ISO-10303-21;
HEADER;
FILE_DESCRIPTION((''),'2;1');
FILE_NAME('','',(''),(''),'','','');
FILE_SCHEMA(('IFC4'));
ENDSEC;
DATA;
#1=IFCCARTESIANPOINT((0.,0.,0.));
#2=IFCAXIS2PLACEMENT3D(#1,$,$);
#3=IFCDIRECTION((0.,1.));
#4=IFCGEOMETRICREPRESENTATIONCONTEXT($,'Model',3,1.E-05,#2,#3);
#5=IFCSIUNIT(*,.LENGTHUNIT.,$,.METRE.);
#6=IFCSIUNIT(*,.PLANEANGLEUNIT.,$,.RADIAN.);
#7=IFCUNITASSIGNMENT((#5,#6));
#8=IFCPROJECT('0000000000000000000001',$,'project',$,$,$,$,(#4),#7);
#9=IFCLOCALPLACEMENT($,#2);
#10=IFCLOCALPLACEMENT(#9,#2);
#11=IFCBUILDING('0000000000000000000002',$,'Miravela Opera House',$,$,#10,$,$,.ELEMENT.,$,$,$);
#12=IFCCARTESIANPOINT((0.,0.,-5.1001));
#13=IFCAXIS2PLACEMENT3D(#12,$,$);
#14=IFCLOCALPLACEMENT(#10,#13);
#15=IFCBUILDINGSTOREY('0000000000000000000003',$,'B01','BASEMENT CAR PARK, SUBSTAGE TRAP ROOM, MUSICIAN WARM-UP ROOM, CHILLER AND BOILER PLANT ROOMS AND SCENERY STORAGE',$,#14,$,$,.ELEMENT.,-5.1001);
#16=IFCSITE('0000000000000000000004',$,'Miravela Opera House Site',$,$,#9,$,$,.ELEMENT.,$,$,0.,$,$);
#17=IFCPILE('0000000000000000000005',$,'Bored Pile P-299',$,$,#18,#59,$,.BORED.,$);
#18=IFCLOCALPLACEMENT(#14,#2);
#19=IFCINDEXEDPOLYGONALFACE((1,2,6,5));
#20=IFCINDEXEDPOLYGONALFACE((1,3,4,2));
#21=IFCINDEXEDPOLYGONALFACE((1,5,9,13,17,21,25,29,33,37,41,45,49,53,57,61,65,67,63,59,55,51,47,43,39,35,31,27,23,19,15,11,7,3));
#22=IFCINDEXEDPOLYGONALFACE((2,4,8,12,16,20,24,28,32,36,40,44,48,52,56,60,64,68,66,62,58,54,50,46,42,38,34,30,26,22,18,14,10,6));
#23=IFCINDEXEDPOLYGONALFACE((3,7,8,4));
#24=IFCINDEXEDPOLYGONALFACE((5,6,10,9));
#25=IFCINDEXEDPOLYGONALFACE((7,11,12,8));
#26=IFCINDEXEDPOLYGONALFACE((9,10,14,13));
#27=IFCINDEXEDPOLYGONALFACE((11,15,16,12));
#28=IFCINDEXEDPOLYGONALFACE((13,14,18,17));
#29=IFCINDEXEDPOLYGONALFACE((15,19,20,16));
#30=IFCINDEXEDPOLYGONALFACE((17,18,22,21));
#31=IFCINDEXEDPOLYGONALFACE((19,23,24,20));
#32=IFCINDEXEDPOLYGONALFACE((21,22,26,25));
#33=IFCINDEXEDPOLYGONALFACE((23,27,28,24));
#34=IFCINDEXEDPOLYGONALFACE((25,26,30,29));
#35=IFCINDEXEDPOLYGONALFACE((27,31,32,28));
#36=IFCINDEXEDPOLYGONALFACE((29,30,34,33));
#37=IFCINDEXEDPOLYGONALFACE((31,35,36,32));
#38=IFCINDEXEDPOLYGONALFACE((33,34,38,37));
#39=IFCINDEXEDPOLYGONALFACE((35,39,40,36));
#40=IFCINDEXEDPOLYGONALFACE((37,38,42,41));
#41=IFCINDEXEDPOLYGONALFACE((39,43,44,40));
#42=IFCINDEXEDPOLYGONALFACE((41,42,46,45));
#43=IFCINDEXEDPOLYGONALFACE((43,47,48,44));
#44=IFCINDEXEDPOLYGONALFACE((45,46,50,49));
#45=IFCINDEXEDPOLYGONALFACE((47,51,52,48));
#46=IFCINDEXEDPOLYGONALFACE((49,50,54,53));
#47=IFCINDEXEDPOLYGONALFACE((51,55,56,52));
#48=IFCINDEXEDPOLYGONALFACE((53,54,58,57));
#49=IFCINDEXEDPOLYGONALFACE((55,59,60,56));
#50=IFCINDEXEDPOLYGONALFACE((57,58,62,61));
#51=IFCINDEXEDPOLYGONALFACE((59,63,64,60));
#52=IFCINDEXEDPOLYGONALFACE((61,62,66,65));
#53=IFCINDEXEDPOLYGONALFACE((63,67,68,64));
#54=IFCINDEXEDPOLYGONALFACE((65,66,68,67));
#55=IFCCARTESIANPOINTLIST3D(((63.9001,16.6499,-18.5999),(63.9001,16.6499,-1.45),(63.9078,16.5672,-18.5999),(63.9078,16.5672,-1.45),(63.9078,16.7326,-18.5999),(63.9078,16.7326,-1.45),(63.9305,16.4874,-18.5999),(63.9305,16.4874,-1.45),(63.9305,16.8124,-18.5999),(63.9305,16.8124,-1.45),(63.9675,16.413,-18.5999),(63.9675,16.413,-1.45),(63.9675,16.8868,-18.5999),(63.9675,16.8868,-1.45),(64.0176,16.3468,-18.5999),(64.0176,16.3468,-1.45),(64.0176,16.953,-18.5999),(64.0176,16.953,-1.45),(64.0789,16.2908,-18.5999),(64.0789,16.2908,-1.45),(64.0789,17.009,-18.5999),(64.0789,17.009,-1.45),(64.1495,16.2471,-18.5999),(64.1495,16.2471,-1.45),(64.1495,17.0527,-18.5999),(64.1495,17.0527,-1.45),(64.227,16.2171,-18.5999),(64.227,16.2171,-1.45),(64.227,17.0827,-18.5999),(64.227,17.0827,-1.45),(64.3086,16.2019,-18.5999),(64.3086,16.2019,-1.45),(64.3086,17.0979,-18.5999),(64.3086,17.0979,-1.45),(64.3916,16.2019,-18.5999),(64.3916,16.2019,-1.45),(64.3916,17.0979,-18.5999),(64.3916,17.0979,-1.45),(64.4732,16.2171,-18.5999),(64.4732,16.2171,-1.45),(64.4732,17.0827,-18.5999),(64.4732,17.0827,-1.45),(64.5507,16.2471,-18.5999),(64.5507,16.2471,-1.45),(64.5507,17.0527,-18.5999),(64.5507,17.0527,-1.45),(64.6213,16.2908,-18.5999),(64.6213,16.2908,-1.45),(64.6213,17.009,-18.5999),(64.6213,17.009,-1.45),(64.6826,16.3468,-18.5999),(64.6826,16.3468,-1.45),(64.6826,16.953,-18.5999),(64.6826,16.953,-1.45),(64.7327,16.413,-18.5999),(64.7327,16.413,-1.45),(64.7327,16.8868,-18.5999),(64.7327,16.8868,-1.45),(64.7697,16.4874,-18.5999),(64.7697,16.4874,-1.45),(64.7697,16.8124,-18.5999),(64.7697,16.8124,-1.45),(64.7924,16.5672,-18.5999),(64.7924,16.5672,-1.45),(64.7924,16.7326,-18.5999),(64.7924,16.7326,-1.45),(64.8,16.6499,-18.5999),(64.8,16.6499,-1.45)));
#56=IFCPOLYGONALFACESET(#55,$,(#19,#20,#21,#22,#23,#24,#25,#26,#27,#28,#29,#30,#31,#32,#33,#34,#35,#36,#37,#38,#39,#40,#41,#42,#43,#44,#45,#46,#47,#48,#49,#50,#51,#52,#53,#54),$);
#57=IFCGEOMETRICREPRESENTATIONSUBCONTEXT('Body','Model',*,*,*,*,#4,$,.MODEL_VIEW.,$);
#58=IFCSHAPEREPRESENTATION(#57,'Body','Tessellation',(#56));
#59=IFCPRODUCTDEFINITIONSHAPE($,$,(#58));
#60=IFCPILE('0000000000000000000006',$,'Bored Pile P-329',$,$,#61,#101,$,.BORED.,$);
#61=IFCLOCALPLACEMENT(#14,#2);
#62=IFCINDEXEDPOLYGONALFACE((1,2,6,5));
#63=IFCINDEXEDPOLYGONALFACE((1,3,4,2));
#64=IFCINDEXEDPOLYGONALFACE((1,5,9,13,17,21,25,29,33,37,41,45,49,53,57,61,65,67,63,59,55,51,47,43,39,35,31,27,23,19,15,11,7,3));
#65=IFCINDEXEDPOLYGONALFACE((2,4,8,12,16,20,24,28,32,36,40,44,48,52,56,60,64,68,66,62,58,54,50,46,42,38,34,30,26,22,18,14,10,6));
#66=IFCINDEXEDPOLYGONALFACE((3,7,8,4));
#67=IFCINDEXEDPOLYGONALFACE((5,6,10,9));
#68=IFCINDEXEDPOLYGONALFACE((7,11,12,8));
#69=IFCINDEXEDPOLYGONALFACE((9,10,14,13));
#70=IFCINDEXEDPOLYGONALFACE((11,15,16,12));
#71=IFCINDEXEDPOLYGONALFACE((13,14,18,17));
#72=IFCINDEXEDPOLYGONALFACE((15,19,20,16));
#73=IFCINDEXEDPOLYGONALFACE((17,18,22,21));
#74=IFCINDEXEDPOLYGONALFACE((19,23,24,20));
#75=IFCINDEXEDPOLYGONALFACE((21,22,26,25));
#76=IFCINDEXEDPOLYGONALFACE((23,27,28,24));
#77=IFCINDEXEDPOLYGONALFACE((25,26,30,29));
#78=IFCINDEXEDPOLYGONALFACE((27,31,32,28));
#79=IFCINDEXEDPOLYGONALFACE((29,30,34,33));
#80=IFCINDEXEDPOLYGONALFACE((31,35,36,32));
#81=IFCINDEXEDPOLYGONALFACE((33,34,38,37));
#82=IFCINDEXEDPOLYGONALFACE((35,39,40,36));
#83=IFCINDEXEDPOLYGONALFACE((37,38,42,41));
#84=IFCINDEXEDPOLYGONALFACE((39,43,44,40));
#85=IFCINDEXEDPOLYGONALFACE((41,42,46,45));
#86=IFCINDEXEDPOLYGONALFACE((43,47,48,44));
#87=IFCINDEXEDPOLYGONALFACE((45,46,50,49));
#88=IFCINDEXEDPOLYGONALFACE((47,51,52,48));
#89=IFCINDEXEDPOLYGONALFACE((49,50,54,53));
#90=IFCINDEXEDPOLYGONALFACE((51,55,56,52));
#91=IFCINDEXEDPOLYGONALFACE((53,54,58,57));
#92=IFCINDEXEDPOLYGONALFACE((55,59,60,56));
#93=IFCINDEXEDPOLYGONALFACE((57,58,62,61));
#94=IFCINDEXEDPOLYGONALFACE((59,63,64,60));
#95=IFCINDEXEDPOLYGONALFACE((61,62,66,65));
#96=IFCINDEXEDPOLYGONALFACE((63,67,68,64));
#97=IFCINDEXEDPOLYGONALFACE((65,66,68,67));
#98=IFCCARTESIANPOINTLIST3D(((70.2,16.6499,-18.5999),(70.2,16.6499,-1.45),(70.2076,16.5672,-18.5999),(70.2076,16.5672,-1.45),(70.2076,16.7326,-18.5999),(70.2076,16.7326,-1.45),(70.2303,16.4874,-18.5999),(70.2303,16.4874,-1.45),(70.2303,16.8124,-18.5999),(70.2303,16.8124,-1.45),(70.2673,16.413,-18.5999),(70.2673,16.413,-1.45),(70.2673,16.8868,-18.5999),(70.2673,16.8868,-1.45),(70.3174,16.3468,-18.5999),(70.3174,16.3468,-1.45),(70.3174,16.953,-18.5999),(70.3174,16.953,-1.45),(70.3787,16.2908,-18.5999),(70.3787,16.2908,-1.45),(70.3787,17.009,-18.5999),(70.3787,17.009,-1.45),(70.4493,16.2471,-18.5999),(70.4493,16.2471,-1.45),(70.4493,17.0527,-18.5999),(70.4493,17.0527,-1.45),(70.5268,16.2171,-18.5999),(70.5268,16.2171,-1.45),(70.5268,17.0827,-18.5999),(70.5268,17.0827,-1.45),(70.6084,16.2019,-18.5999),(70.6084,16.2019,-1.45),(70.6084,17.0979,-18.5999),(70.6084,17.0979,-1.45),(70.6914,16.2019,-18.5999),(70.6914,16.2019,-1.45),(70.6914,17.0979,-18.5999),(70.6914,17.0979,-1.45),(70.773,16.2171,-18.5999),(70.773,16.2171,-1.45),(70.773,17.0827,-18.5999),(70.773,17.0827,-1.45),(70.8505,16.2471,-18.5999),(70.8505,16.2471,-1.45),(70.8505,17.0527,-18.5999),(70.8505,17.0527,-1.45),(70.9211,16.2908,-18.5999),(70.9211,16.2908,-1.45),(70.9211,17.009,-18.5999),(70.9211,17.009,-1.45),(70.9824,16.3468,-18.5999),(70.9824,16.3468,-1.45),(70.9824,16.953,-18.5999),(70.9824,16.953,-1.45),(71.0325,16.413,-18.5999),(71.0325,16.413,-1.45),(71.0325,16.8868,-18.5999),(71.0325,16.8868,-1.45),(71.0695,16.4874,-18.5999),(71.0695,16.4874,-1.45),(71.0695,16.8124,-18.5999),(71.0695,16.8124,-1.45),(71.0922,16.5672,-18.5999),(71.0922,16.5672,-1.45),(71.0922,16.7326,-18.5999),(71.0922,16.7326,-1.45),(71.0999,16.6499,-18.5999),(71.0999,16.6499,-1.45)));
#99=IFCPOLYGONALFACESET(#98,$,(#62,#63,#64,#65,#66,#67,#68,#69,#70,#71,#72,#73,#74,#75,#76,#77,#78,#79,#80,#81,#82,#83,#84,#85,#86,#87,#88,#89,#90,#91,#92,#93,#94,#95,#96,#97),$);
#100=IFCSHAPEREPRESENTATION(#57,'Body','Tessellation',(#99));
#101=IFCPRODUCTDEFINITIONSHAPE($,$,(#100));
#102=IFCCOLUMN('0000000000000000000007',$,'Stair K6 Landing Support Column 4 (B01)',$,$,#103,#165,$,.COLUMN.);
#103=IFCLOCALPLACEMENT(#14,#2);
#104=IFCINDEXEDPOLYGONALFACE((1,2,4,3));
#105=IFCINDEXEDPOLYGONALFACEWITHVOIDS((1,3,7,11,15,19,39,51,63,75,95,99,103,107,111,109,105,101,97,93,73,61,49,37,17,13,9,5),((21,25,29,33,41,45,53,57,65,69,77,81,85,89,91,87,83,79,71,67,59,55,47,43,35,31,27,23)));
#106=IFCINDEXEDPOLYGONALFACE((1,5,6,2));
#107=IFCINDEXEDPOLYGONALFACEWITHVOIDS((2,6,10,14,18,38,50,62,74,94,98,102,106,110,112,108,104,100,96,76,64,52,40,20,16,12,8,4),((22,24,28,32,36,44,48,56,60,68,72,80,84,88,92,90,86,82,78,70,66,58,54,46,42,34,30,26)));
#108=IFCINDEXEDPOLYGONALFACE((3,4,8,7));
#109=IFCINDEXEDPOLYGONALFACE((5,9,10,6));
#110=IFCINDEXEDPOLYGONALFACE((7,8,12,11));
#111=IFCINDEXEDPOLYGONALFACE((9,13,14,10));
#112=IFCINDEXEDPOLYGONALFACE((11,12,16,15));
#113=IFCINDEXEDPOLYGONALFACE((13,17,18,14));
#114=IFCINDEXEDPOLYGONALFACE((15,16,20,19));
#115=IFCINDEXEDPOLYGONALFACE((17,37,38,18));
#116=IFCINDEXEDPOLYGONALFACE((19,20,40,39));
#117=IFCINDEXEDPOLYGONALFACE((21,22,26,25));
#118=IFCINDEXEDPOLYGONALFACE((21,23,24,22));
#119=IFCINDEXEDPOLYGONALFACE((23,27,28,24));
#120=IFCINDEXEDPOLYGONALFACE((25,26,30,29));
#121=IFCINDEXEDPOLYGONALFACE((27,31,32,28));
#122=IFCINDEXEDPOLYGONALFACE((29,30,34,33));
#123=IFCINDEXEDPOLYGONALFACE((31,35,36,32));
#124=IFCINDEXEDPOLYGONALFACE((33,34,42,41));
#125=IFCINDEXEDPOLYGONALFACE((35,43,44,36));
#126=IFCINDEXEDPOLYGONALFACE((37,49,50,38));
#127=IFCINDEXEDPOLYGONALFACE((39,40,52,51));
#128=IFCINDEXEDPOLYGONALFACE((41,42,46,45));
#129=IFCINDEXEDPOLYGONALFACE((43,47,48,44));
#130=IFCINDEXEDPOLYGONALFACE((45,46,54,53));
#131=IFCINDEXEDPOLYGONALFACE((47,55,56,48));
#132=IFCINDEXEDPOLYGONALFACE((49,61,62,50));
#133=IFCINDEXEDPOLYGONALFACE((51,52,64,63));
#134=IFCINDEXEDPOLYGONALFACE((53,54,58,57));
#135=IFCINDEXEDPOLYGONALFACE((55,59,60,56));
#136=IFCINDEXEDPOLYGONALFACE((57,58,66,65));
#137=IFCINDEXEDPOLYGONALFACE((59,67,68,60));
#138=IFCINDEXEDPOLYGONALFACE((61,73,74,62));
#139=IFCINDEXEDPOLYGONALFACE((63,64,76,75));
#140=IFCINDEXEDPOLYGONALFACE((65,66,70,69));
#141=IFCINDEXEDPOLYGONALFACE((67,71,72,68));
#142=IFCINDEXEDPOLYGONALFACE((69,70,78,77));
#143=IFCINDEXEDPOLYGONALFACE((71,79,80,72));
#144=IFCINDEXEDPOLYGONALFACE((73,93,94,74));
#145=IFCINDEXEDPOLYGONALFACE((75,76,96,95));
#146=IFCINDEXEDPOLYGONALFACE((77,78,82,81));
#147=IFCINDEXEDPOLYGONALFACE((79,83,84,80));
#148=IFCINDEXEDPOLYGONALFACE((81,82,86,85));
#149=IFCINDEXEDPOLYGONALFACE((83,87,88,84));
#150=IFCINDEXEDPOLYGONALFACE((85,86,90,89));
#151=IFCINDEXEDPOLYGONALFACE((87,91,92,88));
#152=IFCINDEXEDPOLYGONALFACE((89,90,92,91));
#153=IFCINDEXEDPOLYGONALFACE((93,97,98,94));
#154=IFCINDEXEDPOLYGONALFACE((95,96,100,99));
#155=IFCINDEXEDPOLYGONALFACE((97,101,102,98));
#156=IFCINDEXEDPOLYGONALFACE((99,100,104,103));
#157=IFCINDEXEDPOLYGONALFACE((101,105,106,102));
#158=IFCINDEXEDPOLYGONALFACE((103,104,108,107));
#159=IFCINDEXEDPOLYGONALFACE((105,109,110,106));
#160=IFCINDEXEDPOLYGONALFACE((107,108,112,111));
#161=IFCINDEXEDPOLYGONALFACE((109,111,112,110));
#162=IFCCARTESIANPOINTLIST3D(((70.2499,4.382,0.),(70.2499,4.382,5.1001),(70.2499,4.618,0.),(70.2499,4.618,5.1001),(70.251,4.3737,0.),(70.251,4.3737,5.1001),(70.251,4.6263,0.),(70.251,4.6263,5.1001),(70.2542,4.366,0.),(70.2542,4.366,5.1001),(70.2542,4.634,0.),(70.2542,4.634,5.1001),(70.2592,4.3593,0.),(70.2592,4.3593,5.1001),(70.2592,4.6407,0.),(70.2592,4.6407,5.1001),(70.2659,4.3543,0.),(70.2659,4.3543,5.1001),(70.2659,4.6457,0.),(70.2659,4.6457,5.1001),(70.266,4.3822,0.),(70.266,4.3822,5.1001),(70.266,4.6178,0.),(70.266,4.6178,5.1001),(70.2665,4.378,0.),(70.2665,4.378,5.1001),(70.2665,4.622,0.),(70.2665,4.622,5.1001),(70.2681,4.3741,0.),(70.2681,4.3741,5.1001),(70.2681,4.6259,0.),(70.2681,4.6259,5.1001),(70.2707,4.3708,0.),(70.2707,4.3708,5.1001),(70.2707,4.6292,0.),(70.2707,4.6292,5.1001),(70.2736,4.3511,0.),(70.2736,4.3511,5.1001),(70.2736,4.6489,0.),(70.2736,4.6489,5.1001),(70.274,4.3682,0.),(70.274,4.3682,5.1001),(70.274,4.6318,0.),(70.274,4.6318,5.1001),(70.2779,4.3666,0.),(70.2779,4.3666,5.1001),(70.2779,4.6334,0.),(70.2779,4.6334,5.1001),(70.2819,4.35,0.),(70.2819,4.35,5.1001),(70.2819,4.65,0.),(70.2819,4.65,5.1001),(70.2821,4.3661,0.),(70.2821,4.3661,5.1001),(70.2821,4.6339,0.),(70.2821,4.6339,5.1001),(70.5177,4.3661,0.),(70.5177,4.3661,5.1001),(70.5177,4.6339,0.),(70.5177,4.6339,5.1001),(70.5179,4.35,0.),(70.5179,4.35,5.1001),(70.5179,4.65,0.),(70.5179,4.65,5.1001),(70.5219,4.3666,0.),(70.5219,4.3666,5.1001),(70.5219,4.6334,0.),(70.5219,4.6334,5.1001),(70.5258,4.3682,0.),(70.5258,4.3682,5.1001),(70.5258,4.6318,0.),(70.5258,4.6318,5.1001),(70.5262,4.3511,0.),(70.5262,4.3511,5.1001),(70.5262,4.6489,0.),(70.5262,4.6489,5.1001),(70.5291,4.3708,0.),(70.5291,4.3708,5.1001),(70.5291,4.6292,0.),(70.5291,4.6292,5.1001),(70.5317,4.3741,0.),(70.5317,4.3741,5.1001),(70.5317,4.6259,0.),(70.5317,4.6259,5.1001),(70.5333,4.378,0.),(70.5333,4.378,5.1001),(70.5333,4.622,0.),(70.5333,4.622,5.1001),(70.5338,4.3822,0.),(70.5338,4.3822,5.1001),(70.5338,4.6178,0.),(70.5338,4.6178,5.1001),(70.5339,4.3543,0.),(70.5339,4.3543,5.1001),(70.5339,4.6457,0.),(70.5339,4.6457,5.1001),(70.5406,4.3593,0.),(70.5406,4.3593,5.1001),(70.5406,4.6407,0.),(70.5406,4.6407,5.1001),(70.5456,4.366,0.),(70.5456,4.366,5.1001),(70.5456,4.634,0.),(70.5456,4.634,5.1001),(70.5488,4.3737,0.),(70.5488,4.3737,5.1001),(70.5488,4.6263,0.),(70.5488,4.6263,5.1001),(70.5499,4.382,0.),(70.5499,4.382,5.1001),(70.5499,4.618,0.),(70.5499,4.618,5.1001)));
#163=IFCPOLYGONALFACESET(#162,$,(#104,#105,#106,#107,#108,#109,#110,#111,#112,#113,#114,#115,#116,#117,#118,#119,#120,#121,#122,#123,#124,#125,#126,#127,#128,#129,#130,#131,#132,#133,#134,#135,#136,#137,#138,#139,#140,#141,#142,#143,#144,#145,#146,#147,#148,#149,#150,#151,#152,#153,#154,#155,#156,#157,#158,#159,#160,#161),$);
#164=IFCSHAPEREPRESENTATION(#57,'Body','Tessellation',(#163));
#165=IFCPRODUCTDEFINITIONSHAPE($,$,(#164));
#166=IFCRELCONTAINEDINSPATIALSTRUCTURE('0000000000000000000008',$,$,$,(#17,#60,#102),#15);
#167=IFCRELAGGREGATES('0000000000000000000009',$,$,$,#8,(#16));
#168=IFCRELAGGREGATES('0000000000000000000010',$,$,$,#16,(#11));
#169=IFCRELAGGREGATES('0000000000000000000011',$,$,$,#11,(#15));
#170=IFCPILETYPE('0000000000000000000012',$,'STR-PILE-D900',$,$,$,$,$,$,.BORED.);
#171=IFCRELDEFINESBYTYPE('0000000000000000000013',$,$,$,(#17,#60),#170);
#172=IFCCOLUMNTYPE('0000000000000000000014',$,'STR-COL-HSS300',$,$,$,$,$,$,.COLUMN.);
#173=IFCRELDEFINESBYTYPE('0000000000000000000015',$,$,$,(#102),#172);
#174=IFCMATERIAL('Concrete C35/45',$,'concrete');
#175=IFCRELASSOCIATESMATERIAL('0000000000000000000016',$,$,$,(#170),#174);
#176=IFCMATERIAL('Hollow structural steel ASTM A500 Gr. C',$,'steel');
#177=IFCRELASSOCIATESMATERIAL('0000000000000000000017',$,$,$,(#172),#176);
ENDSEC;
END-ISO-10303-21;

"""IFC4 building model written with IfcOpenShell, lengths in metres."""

from ifc_helpers import new_model, si_unit, direction, frame, origin, origin_2d, place, context, subcontext, project, spatial, hollow_rectangle, circle, extrude, material, material_profile, profile_set, type_object, element, save


model = new_model("IFC4")

# Units and contexts
model_context = context("Model", 3, precision=1e-05, world=origin(), true_north=direction((0.0, 1.0)))
body_context = subcontext(model_context, "Body", "Model", "MODEL_VIEW")
ifc_project = project(units=[si_unit("LENGTHUNIT", "METRE"), si_unit("PLANEANGLEUNIT", "RADIAN")], contexts=[model_context])

# Site, building, storey
site_placement = place(None, origin())
site = spatial("IfcSite", under=ifc_project, at=site_placement, Name="Miravela Opera House Site", CompositionType="ELEMENT", RefElevation=0.0)
building_placement = place(site_placement, origin())
building = spatial("IfcBuilding", under=site, at=building_placement, Name="Miravela Opera House", CompositionType="ELEMENT")
storey_placement = place(building_placement, frame((0.0, 0.0, -5.1001)))
storey = spatial("IfcBuildingStorey", under=building, at=storey_placement, Name="B01", Description="BASEMENT CAR PARK, SUBSTAGE TRAP ROOM, MUSICIAN WARM-UP ROOM, CHILLER AND BOILER PLANT ROOMS AND SCENERY STORAGE", CompositionType="ELEMENT", Elevation=-5.1001)

# Shared definitions
ifc_material_1 = material(Name="Concrete C35/45", Category="concrete")

# Piles
ifc_material_profile_1 = material_profile(ifc_material_1, circle(Radius=0.45, at=origin_2d()), Name="PILE-D900")
ifc_profile_set_1 = profile_set([ifc_material_profile_1])
pile_type_1 = type_object("IfcPileType", Name="STR-PILE-D900", PredefinedType="BORED", material=ifc_profile_set_1)
for number, where, z_axis, x_axis, name in (
    (1, (64.3501, 16.6499, -1.45), (0.0, 0.0, -1.0), (1.0, 0.0, 0.0), "Bored Pile P-299"),
    (2, (70.6499, 16.6499, -1.45), (0.0, 0.0, -1.0), (1.0, 0.0, 0.0), "Bored Pile P-329"),
):
    element("IfcPile", number, at=place(storey_placement, frame(where, z_axis=z_axis, x_axis=x_axis)), inside=storey, type_object=pile_type_1, Name=name, PredefinedType="BORED", context=body_context, shape_type="SweptSolid", body=[
        extrude(circle(Radius=0.45, at=origin_2d()), origin(), (0.0, 0.0, 1.0), 17.1499),
    ])

# Column
ifc_material_2 = material(Name="Hollow structural steel ASTM A500 Gr. C", Category="steel")
ifc_material_profile_2 = material_profile(ifc_material_2, hollow_rectangle(XDim=0.3, YDim=0.3, WallThickness=0.0161, InnerFilletRadius=0.0161, OuterFilletRadius=0.032, at=origin_2d()), Name="HSS300X300X16")
ifc_profile_set_2 = profile_set([ifc_material_profile_2])
column_type_1 = type_object("IfcColumnType", Name="STR-COL-HSS300", PredefinedType="COLUMN", material=ifc_profile_set_2)
for number, where, z_axis, x_axis, name in (
    (3, (70.3999, 4.5, 0.0), (0.0, 0.0, 1.0), (1.0, 0.0, 0.0), "Stair K6 Landing Support Column 4 (B01)"),
):
    element("IfcColumn", number, at=place(storey_placement, frame(where, z_axis=z_axis, x_axis=x_axis)), inside=storey, type_object=column_type_1, Name=name, PredefinedType="COLUMN", context=body_context, shape_type="SweptSolid", body=[
        extrude(hollow_rectangle(XDim=0.3, YDim=0.3, WallThickness=0.0161, InnerFilletRadius=0.0161, OuterFilletRadius=0.032, at=origin_2d()), origin(), (0.0, 0.0, 1.0), 5.1001),
    ])

save(model, "model.ifc")
